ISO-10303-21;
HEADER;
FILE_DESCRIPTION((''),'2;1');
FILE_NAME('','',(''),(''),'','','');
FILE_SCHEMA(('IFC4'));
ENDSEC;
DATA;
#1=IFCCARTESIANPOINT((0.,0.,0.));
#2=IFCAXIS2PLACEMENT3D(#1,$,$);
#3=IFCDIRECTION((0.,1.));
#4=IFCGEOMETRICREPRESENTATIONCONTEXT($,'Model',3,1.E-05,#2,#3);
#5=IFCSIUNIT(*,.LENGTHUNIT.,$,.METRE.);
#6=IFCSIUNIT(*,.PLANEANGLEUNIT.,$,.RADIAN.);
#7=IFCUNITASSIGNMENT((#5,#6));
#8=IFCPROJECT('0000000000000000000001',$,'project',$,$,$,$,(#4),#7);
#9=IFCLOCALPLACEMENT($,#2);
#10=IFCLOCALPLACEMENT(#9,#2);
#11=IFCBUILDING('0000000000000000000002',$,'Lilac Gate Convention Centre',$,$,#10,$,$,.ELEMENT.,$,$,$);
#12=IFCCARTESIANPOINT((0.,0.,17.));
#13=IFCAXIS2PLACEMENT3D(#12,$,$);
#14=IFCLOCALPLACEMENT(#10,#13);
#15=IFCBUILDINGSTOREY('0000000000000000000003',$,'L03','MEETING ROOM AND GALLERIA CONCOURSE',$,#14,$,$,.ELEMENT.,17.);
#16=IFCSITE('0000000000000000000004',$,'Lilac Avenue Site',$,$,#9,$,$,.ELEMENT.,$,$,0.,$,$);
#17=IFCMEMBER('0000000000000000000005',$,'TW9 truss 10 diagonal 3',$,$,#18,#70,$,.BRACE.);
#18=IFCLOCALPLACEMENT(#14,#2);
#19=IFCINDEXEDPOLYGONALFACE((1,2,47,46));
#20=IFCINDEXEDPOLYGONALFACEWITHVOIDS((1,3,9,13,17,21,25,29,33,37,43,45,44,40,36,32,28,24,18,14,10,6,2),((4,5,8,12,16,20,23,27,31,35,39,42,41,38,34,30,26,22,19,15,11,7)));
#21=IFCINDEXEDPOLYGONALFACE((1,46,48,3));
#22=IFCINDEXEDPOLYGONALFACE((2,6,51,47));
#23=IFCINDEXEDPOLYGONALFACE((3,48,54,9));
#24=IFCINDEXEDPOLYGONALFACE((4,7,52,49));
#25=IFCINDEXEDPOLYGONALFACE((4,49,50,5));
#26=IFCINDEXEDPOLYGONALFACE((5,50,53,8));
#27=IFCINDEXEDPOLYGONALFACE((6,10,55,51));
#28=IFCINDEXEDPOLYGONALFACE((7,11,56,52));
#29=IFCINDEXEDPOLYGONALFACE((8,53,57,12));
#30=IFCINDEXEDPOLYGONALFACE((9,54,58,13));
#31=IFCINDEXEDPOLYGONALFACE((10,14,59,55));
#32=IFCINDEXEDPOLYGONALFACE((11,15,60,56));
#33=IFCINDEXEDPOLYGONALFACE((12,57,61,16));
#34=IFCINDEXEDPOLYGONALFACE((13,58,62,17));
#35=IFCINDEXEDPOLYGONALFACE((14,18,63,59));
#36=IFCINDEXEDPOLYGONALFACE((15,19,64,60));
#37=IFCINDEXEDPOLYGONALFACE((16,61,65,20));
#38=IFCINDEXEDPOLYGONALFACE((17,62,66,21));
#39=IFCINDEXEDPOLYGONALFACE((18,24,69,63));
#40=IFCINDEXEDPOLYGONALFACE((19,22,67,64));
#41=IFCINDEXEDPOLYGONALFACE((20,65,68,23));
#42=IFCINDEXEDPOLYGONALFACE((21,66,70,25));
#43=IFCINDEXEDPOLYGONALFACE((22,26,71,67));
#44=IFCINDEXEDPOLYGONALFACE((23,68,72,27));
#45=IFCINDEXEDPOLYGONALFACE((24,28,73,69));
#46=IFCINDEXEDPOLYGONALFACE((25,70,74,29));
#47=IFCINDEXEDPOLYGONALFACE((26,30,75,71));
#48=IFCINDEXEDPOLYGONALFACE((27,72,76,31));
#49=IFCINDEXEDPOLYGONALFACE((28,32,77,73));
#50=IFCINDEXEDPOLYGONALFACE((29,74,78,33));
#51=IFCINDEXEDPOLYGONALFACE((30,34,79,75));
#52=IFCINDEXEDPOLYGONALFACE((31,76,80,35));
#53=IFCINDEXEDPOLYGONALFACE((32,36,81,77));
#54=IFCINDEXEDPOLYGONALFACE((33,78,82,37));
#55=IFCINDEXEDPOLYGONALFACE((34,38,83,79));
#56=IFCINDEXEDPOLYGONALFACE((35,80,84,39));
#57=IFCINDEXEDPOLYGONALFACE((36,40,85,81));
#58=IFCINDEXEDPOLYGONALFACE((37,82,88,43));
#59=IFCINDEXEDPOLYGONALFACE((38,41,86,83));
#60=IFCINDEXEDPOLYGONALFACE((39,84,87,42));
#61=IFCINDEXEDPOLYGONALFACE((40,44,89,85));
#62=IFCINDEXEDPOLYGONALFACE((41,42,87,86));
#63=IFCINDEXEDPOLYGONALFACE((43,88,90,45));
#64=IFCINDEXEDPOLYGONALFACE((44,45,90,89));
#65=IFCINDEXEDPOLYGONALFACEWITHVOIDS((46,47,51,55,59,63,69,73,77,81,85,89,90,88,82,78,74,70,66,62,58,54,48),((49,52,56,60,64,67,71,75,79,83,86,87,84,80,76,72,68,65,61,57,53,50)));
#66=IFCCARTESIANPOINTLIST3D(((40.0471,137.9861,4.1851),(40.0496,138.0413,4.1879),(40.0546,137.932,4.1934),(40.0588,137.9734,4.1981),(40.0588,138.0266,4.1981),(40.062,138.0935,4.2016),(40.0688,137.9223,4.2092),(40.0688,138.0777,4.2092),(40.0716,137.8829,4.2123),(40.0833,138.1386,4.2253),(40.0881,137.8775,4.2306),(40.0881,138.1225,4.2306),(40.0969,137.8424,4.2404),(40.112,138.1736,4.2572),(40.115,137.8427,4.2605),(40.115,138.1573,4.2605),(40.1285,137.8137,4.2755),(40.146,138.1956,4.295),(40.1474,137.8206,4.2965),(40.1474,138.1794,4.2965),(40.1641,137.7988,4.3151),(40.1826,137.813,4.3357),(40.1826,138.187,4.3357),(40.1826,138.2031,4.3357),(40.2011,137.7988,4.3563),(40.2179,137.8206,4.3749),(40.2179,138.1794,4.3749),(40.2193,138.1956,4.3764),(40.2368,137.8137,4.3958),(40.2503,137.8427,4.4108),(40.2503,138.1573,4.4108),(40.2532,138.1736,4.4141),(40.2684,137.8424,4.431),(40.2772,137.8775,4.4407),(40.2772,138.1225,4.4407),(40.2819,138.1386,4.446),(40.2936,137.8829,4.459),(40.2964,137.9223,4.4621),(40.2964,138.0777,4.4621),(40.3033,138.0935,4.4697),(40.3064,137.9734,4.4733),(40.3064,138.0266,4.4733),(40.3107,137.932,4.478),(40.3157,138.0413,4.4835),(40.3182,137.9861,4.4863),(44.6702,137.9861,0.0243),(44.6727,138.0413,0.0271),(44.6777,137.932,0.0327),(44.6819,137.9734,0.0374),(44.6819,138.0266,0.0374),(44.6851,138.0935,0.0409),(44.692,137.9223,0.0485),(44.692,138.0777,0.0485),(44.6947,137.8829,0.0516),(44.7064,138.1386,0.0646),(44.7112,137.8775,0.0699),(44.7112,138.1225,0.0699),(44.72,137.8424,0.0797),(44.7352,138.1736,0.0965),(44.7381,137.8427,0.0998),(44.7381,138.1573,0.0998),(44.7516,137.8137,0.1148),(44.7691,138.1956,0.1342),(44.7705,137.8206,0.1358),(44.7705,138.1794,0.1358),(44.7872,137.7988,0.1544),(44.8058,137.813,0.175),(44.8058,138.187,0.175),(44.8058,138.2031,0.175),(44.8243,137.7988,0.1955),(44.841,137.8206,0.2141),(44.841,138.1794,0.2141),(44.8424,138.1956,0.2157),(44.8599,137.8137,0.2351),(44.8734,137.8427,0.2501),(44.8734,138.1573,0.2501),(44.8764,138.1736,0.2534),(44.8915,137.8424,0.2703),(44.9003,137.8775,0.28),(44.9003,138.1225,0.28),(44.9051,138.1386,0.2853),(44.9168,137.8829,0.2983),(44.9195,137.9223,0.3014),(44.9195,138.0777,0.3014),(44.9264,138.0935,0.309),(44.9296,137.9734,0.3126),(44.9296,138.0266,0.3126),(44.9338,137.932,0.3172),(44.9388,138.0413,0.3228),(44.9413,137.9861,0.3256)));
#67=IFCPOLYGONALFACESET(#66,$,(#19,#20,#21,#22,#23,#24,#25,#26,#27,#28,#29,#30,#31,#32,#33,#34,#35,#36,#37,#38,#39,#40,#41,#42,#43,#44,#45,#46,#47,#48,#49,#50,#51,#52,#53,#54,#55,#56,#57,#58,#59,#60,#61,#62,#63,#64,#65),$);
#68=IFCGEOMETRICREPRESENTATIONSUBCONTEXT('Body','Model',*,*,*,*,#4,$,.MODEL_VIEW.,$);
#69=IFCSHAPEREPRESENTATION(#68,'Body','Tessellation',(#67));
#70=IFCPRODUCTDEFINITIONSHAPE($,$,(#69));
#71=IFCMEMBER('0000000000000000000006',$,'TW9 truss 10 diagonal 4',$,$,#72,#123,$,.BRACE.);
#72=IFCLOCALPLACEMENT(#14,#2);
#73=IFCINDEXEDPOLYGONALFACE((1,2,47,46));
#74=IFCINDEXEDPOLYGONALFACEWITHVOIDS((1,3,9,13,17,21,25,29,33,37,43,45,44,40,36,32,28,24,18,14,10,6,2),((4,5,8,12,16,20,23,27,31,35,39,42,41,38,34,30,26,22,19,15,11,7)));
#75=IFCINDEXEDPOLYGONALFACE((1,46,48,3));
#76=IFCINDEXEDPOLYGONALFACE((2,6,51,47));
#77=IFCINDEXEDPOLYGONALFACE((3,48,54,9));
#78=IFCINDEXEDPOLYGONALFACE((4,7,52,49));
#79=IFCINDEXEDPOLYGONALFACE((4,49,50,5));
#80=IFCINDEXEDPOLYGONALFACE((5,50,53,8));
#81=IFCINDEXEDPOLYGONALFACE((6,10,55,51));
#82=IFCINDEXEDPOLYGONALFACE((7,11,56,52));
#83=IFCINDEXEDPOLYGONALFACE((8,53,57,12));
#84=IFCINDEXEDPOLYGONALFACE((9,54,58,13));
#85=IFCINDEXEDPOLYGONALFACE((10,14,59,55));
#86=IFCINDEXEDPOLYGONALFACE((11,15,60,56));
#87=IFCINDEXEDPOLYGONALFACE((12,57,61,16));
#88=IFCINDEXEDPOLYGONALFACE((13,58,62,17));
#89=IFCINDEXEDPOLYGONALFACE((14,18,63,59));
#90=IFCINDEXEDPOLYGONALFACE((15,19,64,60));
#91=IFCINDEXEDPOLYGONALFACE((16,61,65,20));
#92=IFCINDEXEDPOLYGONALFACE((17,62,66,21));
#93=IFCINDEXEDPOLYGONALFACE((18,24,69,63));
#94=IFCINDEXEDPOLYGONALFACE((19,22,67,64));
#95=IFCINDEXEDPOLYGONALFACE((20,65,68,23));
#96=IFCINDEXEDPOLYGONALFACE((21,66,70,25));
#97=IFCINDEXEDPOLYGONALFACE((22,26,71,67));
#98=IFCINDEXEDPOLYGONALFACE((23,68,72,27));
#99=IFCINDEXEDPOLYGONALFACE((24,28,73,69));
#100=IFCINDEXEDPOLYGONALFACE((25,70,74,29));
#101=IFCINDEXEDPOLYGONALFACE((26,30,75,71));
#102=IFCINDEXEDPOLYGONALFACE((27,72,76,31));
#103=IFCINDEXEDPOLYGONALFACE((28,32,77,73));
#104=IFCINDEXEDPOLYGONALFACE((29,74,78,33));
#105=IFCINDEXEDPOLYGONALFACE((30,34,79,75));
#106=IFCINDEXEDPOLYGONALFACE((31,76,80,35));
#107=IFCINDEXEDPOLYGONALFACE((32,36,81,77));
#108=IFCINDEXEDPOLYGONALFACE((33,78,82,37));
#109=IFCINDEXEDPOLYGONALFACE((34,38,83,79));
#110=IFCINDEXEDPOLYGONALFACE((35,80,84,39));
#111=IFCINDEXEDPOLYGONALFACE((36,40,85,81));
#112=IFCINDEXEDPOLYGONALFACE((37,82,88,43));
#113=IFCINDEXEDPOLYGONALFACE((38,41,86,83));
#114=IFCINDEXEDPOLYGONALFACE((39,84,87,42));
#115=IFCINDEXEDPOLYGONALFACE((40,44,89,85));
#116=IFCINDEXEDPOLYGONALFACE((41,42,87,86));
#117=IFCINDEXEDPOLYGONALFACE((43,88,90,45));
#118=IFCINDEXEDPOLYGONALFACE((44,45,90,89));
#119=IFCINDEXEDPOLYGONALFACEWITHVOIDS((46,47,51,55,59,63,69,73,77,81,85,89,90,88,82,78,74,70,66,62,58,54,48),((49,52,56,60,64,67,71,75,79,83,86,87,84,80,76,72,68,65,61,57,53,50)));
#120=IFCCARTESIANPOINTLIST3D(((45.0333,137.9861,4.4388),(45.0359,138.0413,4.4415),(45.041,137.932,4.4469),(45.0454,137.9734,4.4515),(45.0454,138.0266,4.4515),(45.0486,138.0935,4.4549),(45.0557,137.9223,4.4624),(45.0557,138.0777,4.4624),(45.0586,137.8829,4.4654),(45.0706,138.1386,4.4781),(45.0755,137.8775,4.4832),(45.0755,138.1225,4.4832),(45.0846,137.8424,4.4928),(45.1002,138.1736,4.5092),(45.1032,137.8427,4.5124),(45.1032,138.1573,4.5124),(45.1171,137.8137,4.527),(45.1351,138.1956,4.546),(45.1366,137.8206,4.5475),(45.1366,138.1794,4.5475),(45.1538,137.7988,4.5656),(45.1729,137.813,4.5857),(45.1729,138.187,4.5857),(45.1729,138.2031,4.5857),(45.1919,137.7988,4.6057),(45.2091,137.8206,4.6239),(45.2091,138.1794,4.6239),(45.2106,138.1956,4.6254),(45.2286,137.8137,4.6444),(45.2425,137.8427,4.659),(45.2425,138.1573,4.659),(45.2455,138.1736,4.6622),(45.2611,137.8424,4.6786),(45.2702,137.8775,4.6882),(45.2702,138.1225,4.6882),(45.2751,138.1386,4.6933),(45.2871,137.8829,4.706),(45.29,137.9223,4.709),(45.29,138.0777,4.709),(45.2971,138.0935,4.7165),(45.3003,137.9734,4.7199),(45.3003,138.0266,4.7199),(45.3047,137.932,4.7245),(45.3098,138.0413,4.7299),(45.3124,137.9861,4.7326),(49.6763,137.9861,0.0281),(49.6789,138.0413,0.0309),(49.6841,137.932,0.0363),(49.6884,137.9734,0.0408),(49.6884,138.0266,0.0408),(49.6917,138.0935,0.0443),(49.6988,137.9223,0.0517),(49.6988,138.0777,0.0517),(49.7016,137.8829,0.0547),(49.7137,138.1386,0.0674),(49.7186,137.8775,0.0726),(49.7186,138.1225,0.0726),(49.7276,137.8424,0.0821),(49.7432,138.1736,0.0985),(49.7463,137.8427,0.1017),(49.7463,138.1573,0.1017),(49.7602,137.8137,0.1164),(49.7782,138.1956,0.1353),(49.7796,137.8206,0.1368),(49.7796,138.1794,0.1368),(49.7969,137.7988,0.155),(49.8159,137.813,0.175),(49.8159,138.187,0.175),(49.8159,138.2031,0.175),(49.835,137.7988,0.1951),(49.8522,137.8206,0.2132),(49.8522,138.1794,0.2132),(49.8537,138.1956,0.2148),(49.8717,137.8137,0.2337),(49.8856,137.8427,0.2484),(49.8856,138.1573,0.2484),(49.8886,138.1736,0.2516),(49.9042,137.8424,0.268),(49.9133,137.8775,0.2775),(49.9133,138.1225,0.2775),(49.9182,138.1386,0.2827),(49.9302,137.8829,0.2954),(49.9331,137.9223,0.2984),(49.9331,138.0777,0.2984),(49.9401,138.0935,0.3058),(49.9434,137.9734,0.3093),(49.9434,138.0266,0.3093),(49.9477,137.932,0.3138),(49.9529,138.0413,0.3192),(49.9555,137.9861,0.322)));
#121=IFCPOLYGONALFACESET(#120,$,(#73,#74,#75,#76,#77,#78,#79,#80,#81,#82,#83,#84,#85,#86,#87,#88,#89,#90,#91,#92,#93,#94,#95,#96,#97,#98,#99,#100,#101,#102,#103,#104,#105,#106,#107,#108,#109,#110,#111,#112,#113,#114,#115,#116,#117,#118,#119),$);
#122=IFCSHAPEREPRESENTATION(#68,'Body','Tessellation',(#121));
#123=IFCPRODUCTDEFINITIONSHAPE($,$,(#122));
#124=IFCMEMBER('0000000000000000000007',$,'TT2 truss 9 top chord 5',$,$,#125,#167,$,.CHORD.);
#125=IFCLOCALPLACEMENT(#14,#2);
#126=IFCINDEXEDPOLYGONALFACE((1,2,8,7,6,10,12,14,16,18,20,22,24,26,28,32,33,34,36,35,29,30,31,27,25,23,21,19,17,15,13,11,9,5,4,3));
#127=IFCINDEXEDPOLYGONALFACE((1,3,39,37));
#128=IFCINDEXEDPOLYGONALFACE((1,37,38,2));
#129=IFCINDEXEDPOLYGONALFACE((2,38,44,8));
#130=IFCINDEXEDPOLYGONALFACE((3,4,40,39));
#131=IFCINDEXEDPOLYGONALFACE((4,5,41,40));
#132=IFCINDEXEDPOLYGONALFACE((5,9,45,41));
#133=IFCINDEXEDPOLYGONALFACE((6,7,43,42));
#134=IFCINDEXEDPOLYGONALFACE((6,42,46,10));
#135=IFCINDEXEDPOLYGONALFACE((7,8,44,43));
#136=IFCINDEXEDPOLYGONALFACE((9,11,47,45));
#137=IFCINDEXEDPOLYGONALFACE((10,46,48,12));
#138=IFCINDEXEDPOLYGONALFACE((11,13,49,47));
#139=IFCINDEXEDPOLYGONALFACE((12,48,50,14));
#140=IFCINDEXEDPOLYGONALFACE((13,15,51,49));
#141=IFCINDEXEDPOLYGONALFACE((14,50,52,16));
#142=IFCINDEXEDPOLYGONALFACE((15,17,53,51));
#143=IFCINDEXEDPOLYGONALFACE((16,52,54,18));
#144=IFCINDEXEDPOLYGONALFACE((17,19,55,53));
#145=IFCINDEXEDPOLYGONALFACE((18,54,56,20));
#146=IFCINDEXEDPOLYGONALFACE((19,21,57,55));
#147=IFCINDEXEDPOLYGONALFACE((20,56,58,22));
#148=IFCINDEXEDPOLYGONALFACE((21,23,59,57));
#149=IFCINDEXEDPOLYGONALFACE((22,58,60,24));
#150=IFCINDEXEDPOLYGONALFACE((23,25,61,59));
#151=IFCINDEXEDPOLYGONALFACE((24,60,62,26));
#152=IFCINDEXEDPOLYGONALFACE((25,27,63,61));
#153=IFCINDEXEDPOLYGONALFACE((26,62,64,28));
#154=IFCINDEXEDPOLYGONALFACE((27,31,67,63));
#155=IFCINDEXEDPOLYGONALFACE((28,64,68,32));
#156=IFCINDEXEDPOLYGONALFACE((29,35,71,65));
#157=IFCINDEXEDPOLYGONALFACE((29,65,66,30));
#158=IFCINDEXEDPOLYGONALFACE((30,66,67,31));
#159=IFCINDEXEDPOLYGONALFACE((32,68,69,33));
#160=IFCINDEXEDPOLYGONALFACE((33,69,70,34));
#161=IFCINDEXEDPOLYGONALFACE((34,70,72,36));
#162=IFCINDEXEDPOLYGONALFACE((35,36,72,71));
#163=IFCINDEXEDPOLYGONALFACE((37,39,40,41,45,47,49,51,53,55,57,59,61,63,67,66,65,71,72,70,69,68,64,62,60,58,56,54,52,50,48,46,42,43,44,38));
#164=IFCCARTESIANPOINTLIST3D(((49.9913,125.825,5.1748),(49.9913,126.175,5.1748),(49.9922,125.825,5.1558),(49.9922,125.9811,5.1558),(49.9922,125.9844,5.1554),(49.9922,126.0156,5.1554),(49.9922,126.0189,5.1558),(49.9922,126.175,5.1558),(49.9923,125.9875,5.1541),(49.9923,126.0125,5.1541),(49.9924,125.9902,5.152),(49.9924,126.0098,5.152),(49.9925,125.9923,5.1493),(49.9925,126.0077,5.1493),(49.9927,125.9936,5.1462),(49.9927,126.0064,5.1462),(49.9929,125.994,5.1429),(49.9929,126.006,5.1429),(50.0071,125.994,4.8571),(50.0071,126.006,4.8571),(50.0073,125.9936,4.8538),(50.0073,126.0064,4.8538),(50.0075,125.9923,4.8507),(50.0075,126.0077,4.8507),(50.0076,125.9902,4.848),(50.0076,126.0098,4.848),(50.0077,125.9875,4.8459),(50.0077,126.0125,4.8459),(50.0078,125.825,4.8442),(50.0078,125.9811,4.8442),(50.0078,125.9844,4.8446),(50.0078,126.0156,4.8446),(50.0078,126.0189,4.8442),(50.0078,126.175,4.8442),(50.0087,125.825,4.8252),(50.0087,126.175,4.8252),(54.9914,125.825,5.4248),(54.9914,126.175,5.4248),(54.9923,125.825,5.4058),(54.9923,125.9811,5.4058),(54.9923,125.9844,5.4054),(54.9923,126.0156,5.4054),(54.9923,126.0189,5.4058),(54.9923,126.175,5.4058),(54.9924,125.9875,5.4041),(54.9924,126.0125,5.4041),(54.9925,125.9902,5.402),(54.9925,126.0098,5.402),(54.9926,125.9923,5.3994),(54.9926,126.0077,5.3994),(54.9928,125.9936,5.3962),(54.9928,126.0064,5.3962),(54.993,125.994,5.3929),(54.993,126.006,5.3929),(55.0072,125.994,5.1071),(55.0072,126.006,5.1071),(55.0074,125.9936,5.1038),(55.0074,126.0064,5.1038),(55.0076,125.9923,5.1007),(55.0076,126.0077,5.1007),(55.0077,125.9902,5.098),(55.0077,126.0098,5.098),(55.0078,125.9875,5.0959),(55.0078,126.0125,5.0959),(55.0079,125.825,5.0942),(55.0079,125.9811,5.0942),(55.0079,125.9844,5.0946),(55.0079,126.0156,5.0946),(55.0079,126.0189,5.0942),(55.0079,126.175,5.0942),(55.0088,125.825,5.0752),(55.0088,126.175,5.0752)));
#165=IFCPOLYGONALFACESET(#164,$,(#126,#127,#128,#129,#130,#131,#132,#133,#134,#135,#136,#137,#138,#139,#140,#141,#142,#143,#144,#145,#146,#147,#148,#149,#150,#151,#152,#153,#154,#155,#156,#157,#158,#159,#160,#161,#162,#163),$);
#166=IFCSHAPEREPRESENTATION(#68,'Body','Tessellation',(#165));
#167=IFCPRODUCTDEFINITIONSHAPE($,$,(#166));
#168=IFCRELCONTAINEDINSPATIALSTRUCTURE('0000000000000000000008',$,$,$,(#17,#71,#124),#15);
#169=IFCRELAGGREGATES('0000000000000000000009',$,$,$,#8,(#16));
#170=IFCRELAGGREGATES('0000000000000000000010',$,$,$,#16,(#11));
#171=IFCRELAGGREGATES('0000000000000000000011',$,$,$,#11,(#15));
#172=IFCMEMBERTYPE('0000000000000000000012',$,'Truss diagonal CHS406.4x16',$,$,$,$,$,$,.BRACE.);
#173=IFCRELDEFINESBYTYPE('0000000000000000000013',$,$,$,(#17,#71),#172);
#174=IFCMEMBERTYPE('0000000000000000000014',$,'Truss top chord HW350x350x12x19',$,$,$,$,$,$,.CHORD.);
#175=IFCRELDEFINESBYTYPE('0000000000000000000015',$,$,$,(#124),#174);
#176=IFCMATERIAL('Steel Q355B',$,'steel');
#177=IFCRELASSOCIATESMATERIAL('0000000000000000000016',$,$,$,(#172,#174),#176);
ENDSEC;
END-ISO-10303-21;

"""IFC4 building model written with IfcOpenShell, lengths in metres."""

from ifc_helpers import new_model, si_unit, direction, frame, origin, origin_2d, place, context, subcontext, project, spatial, hollow_circle, i_section, extrude, material, material_profile, profile_set, type_object, element, save


model = new_model("IFC4")

# Units and contexts
model_context = context("Model", 3, precision=1e-05, world=origin(), true_north=direction((0.0, 1.0)))
body_context = subcontext(model_context, "Body", "Model", "MODEL_VIEW")
ifc_project = project(units=[si_unit("LENGTHUNIT", "METRE"), si_unit("PLANEANGLEUNIT", "RADIAN")], contexts=[model_context])

# Site, building, storey
site_placement = place(None, origin())
site = spatial("IfcSite", under=ifc_project, at=site_placement, Name="Lilac Avenue Site", CompositionType="ELEMENT", RefElevation=0.0)
building_placement = place(site_placement, origin())
building = spatial("IfcBuilding", under=site, at=building_placement, Name="Lilac Gate Convention Centre", CompositionType="ELEMENT")
storey_placement = place(building_placement, frame((0.0, 0.0, 17.0)))
storey = spatial("IfcBuildingStorey", under=building, at=storey_placement, Name="L03", Description="MEETING ROOM AND GALLERIA CONCOURSE", CompositionType="ELEMENT", Elevation=17.0)

# Members
ifc_material = material(Name="Steel Q355B", Category="steel")
ifc_material_profile_1 = material_profile(ifc_material, hollow_circle(Radius=0.2031, WallThickness=0.0161, at=origin_2d()), Name="CHS406.4x16")
ifc_profile_set_1 = profile_set([ifc_material_profile_1], Name="Steel Q355B")
member_type_1 = type_object("IfcMemberType", Name="Truss diagonal CHS406.4x16", PredefinedType="BRACE", material=ifc_profile_set_1)
member_1_placement = place(storey_placement, frame((40.1826, 138.0, 4.3357), z_axis=(0.743302, 0.0, -0.668956), x_axis=(0.0, 1.0, 0.0)))
element("IfcMember", 1, at=member_1_placement, inside=storey, type_object=member_type_1, Name="TW9 truss 10 diagonal 3", PredefinedType="BRACE", context=body_context, shape_type="SweptSolid", body=[
    extrude(hollow_circle(Radius=0.2031, WallThickness=0.0161, at=origin_2d()), origin(), (0.0, 0.0, 1.0), 6.2197),
])
member_2_placement = place(storey_placement, frame((45.1729, 138.0, 4.5857), z_axis=(0.72502, 0.0, -0.688727), x_axis=(0.0, 1.0, 0.0)))
element("IfcMember", 2, at=member_2_placement, inside=storey, type_object=member_type_1, Name="TW9 truss 10 diagonal 4", PredefinedType="BRACE", context=body_context, shape_type="SweptSolid", body=[
    extrude(hollow_circle(Radius=0.2031, WallThickness=0.0161, at=origin_2d()), origin(), (0.0, 0.0, 1.0), 6.4041),
])
ifc_material_profile_2 = material_profile(ifc_material, i_section(OverallWidth=0.3501, OverallDepth=0.3501, WebThickness=0.012, FlangeThickness=0.019, FilletRadius=0.0129, at=origin_2d()), Name="HW350x350x12x19")
ifc_profile_set_2 = profile_set([ifc_material_profile_2], Name="Steel Q355B")
member_type_2 = type_object("IfcMemberType", Name="Truss top chord HW350x350x12x19", PredefinedType="CHORD", material=ifc_profile_set_2)
member_3_placement = place(storey_placement, frame((50.0, 126.0, 5.0), z_axis=(0.998752, 0.0, 0.049938), x_axis=(0.0, 1.0, 0.0)))
element("IfcMember", 3, at=member_3_placement, inside=storey, type_object=member_type_2, Name="TT2 truss 9 top chord 5", PredefinedType="CHORD", context=body_context, shape_type="SweptSolid", body=[
    extrude(i_section(OverallWidth=0.3501, OverallDepth=0.3501, WebThickness=0.012, FlangeThickness=0.019, FilletRadius=0.0129, at=origin_2d()), origin(), (0.0, 0.0, 1.0), 5.0063),
])

save(model, "model.ifc")
